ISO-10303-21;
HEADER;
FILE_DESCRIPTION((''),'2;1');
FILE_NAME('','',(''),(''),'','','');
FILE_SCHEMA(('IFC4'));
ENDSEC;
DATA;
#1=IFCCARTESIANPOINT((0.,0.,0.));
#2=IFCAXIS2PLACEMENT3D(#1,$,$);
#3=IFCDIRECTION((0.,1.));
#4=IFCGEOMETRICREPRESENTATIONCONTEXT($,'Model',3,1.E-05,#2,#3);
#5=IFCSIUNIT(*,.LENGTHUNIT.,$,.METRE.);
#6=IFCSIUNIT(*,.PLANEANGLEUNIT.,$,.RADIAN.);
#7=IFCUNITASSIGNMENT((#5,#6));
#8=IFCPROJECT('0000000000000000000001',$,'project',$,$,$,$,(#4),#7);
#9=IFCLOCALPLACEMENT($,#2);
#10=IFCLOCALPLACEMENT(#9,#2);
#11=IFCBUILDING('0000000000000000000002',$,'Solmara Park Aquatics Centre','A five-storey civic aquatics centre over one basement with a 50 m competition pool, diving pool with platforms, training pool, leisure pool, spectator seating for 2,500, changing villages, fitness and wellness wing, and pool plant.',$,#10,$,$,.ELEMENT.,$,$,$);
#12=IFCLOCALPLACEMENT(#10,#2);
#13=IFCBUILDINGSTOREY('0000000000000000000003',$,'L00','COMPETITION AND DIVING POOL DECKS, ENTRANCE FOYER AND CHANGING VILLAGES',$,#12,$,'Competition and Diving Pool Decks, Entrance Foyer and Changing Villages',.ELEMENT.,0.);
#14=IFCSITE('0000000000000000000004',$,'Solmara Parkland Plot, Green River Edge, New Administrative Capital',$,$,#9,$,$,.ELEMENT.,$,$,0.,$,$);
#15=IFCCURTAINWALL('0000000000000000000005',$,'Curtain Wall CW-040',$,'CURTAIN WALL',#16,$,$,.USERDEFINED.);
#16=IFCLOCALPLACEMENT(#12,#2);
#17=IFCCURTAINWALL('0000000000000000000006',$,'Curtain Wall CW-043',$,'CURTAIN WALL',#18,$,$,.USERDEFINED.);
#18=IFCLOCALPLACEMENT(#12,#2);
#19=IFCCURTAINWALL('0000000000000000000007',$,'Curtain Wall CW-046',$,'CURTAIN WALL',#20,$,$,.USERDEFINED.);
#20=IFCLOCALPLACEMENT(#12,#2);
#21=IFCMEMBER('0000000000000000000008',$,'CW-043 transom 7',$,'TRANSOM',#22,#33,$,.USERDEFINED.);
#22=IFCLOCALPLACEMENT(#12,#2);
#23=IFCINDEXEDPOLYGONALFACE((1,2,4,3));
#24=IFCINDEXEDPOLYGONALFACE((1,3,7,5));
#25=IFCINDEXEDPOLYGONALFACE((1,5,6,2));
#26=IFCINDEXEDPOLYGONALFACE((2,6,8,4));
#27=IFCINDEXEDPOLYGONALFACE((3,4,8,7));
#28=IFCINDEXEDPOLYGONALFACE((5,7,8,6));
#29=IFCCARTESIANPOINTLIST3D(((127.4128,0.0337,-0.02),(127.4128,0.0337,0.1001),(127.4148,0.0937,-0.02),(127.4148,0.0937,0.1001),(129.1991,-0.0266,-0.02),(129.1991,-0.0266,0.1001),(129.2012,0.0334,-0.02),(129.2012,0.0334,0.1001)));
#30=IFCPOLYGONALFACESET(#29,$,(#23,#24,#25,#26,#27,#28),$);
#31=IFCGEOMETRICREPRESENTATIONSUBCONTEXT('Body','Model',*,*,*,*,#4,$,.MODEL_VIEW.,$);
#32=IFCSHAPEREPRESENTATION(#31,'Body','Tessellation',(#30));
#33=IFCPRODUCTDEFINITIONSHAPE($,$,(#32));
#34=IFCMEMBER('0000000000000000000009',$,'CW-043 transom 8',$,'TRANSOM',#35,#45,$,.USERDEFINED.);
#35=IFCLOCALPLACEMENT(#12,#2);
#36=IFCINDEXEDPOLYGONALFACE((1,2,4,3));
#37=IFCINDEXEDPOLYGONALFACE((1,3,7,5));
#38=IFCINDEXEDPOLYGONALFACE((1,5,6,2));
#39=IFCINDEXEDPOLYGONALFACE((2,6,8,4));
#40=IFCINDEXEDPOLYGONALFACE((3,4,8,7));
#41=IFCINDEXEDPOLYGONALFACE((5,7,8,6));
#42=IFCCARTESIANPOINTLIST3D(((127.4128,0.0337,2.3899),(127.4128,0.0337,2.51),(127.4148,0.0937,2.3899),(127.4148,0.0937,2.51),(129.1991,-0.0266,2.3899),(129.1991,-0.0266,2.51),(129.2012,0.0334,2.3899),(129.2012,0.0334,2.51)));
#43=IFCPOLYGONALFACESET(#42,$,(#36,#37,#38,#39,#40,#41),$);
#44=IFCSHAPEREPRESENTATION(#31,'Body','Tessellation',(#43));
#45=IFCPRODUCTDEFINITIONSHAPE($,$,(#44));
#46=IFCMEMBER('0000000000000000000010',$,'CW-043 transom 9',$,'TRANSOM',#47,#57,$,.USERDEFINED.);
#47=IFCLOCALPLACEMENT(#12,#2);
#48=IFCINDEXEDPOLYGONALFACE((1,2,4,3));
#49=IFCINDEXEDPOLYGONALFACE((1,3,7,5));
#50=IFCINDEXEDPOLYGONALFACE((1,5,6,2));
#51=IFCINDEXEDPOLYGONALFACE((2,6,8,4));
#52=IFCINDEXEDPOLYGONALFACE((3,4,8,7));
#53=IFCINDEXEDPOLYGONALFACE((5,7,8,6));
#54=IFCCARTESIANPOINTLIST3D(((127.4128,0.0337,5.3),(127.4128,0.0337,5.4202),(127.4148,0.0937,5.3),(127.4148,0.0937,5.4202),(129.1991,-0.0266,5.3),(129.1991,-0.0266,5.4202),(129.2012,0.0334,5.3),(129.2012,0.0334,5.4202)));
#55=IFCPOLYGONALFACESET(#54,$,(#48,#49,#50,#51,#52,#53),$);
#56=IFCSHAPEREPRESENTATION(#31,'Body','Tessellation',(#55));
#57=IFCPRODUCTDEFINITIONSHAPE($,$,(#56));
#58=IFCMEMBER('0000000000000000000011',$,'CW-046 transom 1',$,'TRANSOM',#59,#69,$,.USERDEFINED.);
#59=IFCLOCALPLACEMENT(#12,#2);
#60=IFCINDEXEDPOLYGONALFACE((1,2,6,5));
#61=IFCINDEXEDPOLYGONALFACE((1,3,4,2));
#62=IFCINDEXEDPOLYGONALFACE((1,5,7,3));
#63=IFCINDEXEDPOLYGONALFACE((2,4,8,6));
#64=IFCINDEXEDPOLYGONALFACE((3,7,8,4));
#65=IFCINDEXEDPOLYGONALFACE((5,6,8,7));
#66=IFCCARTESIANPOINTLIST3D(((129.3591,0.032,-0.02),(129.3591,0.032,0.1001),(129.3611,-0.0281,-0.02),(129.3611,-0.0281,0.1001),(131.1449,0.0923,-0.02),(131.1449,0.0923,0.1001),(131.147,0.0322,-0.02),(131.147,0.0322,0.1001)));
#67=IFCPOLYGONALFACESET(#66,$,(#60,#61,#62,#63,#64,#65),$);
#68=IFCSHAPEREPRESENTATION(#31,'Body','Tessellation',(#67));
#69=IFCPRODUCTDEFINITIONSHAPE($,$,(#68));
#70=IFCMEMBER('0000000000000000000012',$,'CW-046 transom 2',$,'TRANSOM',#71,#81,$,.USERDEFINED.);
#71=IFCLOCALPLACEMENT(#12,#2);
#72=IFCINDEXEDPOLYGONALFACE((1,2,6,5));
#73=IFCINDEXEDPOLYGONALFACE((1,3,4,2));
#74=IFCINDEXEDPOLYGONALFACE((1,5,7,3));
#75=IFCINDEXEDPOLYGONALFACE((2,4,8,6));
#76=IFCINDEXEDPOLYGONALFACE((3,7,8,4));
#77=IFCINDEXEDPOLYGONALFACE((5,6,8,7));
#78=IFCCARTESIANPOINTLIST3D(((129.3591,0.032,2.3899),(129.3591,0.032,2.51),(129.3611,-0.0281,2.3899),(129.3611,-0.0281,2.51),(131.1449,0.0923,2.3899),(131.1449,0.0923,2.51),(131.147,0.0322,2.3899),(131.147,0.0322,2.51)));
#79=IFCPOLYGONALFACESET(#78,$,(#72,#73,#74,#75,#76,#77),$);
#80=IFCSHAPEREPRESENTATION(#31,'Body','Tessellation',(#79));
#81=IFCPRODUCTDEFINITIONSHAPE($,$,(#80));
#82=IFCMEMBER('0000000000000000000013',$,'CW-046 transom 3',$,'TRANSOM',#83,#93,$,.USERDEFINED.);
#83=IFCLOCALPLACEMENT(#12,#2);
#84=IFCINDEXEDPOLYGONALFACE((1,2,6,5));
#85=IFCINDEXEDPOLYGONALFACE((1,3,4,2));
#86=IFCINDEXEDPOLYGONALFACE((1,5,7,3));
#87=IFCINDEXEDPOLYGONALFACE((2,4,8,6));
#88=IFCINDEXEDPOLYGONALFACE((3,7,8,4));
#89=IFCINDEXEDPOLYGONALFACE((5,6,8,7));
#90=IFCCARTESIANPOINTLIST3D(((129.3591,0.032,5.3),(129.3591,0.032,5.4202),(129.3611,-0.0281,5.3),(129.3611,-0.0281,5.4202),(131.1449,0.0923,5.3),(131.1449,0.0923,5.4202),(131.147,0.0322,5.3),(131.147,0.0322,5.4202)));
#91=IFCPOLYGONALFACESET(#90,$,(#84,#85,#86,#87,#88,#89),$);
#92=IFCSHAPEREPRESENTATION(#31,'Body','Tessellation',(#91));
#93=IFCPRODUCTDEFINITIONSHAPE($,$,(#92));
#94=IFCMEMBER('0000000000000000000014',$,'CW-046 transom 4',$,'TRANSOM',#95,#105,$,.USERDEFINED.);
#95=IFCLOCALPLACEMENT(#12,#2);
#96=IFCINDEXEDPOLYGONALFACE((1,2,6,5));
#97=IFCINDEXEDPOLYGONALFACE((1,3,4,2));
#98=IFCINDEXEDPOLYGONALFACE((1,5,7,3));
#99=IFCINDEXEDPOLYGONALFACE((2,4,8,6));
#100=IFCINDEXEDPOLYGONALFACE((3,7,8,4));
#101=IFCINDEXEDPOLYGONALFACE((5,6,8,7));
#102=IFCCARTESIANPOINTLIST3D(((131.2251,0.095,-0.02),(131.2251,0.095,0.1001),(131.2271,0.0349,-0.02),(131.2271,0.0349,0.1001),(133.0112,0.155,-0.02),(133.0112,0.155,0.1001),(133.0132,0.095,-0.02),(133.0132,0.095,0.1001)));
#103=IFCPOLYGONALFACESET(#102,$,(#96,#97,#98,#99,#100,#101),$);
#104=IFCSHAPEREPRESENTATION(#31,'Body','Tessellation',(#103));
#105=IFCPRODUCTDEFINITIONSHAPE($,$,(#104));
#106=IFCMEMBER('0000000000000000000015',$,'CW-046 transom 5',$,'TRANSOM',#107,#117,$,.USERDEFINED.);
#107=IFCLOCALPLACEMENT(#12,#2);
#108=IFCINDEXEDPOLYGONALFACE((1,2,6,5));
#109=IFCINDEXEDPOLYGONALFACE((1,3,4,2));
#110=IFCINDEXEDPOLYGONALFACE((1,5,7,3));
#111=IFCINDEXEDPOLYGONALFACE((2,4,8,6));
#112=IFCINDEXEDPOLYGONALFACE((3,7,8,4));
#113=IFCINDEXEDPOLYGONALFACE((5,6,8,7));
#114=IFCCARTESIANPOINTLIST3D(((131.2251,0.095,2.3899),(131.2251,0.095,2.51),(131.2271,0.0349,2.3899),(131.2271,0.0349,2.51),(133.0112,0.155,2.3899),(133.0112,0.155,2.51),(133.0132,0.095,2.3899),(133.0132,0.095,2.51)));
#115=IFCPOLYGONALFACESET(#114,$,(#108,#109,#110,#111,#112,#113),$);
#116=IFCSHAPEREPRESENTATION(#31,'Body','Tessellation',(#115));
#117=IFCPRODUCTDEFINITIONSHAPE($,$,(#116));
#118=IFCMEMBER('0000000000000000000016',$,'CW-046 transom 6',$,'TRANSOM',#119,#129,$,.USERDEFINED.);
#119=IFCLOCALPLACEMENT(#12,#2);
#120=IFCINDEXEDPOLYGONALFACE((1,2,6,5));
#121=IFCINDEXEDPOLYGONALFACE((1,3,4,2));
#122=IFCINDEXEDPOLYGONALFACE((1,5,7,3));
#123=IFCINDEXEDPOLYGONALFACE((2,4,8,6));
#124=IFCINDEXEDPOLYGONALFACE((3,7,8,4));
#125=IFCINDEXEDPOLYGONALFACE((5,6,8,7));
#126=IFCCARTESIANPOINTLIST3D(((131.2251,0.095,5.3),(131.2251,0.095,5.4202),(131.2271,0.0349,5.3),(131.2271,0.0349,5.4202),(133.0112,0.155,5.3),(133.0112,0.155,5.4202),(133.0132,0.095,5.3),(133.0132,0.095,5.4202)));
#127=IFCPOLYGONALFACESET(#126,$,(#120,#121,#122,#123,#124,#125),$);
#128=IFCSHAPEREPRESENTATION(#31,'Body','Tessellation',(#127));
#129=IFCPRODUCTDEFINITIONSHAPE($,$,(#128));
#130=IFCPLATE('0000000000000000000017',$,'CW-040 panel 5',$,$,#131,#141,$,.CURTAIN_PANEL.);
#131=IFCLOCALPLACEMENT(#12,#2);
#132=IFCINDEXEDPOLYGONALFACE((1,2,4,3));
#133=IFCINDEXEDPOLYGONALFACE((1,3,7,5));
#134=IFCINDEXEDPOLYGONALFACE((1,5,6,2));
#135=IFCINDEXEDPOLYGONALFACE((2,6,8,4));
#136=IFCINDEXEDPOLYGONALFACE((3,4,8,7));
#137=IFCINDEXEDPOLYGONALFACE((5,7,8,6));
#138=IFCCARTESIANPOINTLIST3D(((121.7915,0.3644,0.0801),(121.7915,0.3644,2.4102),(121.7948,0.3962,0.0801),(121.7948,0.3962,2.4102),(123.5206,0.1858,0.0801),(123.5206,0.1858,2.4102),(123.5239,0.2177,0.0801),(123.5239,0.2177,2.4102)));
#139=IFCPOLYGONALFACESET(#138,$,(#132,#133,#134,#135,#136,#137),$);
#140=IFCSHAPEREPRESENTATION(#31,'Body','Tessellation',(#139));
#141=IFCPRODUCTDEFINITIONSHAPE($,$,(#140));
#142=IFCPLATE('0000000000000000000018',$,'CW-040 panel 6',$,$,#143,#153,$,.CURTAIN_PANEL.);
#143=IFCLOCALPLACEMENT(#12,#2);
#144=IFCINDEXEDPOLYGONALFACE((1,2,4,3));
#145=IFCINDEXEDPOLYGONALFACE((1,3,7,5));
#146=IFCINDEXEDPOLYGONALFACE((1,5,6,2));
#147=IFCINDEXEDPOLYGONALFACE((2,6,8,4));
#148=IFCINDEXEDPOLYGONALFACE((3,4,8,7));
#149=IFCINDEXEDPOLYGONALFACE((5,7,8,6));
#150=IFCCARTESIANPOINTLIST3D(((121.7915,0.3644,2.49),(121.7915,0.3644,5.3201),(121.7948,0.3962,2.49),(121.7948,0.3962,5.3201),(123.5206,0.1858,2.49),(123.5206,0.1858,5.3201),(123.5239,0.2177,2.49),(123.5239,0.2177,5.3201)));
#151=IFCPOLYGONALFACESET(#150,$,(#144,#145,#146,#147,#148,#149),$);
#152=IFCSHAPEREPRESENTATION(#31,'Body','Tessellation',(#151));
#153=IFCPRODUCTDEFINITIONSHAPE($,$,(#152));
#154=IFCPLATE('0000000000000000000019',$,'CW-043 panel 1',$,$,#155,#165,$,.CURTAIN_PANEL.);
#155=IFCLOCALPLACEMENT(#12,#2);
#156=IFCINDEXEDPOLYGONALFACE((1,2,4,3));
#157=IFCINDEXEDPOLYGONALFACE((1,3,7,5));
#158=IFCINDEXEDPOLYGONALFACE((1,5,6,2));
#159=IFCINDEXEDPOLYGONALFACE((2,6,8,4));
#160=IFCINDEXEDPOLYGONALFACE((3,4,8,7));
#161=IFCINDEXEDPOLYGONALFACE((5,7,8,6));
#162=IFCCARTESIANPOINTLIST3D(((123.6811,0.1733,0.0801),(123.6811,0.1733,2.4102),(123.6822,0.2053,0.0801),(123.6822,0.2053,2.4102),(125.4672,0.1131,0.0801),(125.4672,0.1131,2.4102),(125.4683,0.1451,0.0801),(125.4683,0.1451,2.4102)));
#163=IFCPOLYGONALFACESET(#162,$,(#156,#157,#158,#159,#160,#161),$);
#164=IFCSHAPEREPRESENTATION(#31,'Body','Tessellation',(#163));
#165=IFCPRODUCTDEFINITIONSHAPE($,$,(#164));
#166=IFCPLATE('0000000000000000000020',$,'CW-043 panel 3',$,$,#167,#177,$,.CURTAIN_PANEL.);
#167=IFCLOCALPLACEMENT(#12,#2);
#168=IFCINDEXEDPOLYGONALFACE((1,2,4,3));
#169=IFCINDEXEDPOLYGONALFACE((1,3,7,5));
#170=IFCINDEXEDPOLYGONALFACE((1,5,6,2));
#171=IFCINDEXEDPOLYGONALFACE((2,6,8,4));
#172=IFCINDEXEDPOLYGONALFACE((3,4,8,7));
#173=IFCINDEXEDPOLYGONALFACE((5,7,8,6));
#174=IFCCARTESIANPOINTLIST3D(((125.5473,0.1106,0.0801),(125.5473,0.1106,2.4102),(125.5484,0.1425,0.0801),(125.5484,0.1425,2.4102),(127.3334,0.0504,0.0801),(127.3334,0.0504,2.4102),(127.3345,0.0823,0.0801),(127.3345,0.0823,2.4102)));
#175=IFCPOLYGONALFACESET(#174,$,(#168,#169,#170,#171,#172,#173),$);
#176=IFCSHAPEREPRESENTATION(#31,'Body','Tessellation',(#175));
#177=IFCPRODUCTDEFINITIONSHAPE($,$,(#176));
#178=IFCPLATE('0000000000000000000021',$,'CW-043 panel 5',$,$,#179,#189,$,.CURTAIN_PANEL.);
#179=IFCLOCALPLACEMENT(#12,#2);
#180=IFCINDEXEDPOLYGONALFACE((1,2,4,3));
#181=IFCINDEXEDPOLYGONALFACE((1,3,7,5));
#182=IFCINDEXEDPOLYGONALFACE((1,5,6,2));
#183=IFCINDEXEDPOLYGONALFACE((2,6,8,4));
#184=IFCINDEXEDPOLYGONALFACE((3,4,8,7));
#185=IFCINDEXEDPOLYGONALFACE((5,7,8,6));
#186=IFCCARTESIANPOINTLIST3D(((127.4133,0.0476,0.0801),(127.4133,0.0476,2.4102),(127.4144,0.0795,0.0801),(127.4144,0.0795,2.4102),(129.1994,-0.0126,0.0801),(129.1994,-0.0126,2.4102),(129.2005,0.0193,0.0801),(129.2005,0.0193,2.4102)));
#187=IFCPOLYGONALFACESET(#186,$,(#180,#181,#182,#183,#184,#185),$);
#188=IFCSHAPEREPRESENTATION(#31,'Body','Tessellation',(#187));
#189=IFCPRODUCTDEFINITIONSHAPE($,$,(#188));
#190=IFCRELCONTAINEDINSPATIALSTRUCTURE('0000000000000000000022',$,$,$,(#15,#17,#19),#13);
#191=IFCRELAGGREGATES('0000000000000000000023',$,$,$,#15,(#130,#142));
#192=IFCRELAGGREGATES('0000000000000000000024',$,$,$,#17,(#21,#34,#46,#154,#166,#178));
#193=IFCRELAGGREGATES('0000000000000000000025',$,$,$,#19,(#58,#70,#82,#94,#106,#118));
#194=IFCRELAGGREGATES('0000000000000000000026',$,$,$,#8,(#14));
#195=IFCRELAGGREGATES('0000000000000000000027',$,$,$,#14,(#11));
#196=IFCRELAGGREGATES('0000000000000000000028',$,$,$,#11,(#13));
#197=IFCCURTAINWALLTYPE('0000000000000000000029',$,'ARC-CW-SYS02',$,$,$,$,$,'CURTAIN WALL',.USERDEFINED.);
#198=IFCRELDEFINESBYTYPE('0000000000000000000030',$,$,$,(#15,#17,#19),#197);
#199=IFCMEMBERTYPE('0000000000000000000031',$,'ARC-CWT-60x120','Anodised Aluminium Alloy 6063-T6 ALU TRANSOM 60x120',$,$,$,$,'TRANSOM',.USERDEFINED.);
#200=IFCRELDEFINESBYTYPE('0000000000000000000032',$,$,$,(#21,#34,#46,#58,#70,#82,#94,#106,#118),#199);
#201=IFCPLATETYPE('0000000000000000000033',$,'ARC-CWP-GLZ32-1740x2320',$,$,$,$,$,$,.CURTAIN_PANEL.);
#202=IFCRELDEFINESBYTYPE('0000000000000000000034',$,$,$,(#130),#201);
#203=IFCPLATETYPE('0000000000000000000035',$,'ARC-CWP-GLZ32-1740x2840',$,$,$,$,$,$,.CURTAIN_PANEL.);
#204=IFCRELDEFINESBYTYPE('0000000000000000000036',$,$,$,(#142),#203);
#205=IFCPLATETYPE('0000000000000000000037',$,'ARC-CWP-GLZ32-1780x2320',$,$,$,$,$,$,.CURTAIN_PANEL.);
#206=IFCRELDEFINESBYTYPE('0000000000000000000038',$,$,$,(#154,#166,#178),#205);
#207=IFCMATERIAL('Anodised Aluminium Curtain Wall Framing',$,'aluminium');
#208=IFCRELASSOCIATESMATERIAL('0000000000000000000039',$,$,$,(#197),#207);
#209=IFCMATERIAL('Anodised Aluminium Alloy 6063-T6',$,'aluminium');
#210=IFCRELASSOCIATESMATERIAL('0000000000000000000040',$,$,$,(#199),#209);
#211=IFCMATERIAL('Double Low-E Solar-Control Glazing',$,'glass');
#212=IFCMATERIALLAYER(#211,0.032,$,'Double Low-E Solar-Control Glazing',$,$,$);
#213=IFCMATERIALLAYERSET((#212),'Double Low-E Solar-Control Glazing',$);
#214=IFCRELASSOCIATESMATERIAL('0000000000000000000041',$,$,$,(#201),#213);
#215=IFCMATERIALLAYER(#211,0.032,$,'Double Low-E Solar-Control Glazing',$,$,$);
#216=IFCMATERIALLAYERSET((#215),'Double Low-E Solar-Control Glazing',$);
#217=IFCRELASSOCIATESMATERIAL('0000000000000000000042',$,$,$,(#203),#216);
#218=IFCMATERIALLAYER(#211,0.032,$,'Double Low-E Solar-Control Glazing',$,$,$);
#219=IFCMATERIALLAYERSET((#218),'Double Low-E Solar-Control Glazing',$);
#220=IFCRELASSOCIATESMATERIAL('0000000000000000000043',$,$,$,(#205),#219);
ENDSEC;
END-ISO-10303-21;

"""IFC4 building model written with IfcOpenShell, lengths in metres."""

from ifc_helpers import new_model, si_unit, direction, frame, origin, origin_2d, place, context, subcontext, project, spatial, rectangle, extrude, material, layer, layer_set, material_profile, profile_set, type_object, element, aggregate, save


model = new_model("IFC4")

# Units and contexts
model_context = context("Model", 3, precision=1e-05, world=origin(), true_north=direction((0.0, 1.0)))
body_context = subcontext(model_context, "Body", "Model", "MODEL_VIEW")
ifc_project = project(units=[si_unit("LENGTHUNIT", "METRE"), si_unit("PLANEANGLEUNIT", "RADIAN")], contexts=[model_context])

# Site, building, storey
site_placement = place(None, origin())
site = spatial("IfcSite", under=ifc_project, at=site_placement, Name="Solmara Parkland Plot, Green River Edge, New Administrative Capital", CompositionType="ELEMENT", RefElevation=0.0)
building_placement = place(site_placement, origin())
building = spatial("IfcBuilding", under=site, at=building_placement, Name="Solmara Park Aquatics Centre", Description="A five-storey civic aquatics centre over one basement with a 50 m competition pool, diving pool with platforms, training pool, leisure pool, spectator seating for 2,500, changing villages, fitness and wellness wing, and pool plant.", CompositionType="ELEMENT")
storey_placement = place(building_placement, origin())
storey = spatial("IfcBuildingStorey", under=building, at=storey_placement, Name="L00", Description="COMPETITION AND DIVING POOL DECKS, ENTRANCE FOYER AND CHANGING VILLAGES", LongName="Competition and Diving Pool Decks, Entrance Foyer and Changing Villages", CompositionType="ELEMENT", Elevation=0.0)

# Curtain wall
ifc_material_1 = material(Name="Anodised Aluminium Curtain Wall Framing", Category="aluminium")
curtain_wall_type = type_object("IfcCurtainWallType", Name="ARC-CW-SYS02", ElementType="CURTAIN WALL", PredefinedType="USERDEFINED", material=ifc_material_1)
curtain_wall_1_placement = place(storey_placement, origin())
curtain_wall_1 = element("IfcCurtainWall", 1, at=curtain_wall_1_placement, inside=storey, type_object=curtain_wall_type, Name="Curtain Wall CW-040", ObjectType="CURTAIN WALL", PredefinedType="USERDEFINED")
ifc_material_2 = material(Name="Anodised Aluminium Alloy 6063-T6", Category="aluminium")

# Curtain walls
curtain_wall_2_placement = place(storey_placement, origin())
curtain_wall_2 = element("IfcCurtainWall", 2, at=curtain_wall_2_placement, inside=storey, type_object=curtain_wall_type, Name="Curtain Wall CW-043", ObjectType="CURTAIN WALL", PredefinedType="USERDEFINED")
curtain_wall_3_placement = place(storey_placement, origin())
curtain_wall_3 = element("IfcCurtainWall", 3, at=curtain_wall_3_placement, inside=storey, type_object=curtain_wall_type, Name="Curtain Wall CW-046", ObjectType="CURTAIN WALL", PredefinedType="USERDEFINED")

# Members
ifc_material_profile_1 = material_profile(ifc_material_2, rectangle(XDim=0.0601, YDim=0.1201, at=origin_2d()), Name="ALU TRANSOM 60x120")
ifc_profile_set_1 = profile_set([ifc_material_profile_1], Name="Anodised Aluminium Alloy 6063-T6")
member_type_1 = type_object("IfcMemberType", Name="ARC-CWT-60x120", Description="Anodised Aluminium Alloy 6063-T6 ALU TRANSOM 60x120", ElementType="TRANSOM", PredefinedType="USERDEFINED", material=ifc_profile_set_1)
member_1_placement = place(storey_placement, frame((127.4138, 0.0637, 0.04), z_axis=(0.999431, -0.033738, 0.0), x_axis=(0.033738, 0.999431, 0.0)))
member_1 = element("IfcMember", 4, at=member_1_placement, type_object=member_type_1, Name="CW-043 transom 7", ObjectType="TRANSOM", PredefinedType="USERDEFINED", context=body_context, shape_type="SweptSolid", body=[
    extrude(rectangle(XDim=0.0601, YDim=0.1201, at=origin_2d()), origin(), (0.0, 0.0, 1.0), 1.7874),
])
member_2_placement = place(storey_placement, frame((127.4138, 0.0637, 2.45), z_axis=(0.999431, -0.033738, 0.0), x_axis=(0.033738, 0.999431, 0.0)))
member_2 = element("IfcMember", 5, at=member_2_placement, type_object=member_type_1, Name="CW-043 transom 8", ObjectType="TRANSOM", PredefinedType="USERDEFINED", context=body_context, shape_type="SweptSolid", body=[
    extrude(rectangle(XDim=0.0601, YDim=0.1201, at=origin_2d()), origin(), (0.0, 0.0, 1.0), 1.7874),
])
member_3_placement = place(storey_placement, frame((127.4138, 0.0637, 5.3601), z_axis=(0.999431, -0.033738, 0.0), x_axis=(0.033738, 0.999431, 0.0)))
member_3 = element("IfcMember", 6, at=member_3_placement, type_object=member_type_1, Name="CW-043 transom 9", ObjectType="TRANSOM", PredefinedType="USERDEFINED", context=body_context, shape_type="SweptSolid", body=[
    extrude(rectangle(XDim=0.0601, YDim=0.1201, at=origin_2d()), origin(), (0.0, 0.0, 1.0), 1.7874),
])
member_4_placement = place(storey_placement, frame((129.3601, 0.002, 0.04), z_axis=(0.99943, 0.033747, 0.0), x_axis=(-0.033747, 0.99943, 0.0)))
member_4 = element("IfcMember", 7, at=member_4_placement, type_object=member_type_1, Name="CW-046 transom 1", ObjectType="TRANSOM", PredefinedType="USERDEFINED", context=body_context, shape_type="SweptSolid", body=[
    extrude(rectangle(XDim=0.0601, YDim=0.1201, at=origin_2d()), origin(), (0.0, 0.0, 1.0), 1.7869),
])
member_5_placement = place(storey_placement, frame((129.3601, 0.002, 2.45), z_axis=(0.99943, 0.033747, 0.0), x_axis=(-0.033747, 0.99943, 0.0)))
member_5 = element("IfcMember", 8, at=member_5_placement, type_object=member_type_1, Name="CW-046 transom 2", ObjectType="TRANSOM", PredefinedType="USERDEFINED", context=body_context, shape_type="SweptSolid", body=[
    extrude(rectangle(XDim=0.0601, YDim=0.1201, at=origin_2d()), origin(), (0.0, 0.0, 1.0), 1.7869),
])
member_6_placement = place(storey_placement, frame((129.3601, 0.002, 5.3601), z_axis=(0.99943, 0.033747, 0.0), x_axis=(-0.033747, 0.99943, 0.0)))
member_6 = element("IfcMember", 9, at=member_6_placement, type_object=member_type_1, Name="CW-046 transom 3", ObjectType="TRANSOM", PredefinedType="USERDEFINED", context=body_context, shape_type="SweptSolid", body=[
    extrude(rectangle(XDim=0.0601, YDim=0.1201, at=origin_2d()), origin(), (0.0, 0.0, 1.0), 1.7869),
])
member_7_placement = place(storey_placement, frame((131.2261, 0.0649, 0.04), z_axis=(0.999435, 0.033606, 0.0), x_axis=(-0.033606, 0.999435, 0.0)))
member_7 = element("IfcMember", 10, at=member_7_placement, type_object=member_type_1, Name="CW-046 transom 4", ObjectType="TRANSOM", PredefinedType="USERDEFINED", context=body_context, shape_type="SweptSolid", body=[
    extrude(rectangle(XDim=0.0601, YDim=0.1201, at=origin_2d()), origin(), (0.0, 0.0, 1.0), 1.7871),
])
member_8_placement = place(storey_placement, frame((131.2261, 0.0649, 2.45), z_axis=(0.999435, 0.033606, 0.0), x_axis=(-0.033606, 0.999435, 0.0)))
member_8 = element("IfcMember", 11, at=member_8_placement, type_object=member_type_1, Name="CW-046 transom 5", ObjectType="TRANSOM", PredefinedType="USERDEFINED", context=body_context, shape_type="SweptSolid", body=[
    extrude(rectangle(XDim=0.0601, YDim=0.1201, at=origin_2d()), origin(), (0.0, 0.0, 1.0), 1.7871),
])
member_9_placement = place(storey_placement, frame((131.2261, 0.0649, 5.3601), z_axis=(0.999435, 0.033606, 0.0), x_axis=(-0.033606, 0.999435, 0.0)))
member_9 = element("IfcMember", 12, at=member_9_placement, type_object=member_type_1, Name="CW-046 transom 6", ObjectType="TRANSOM", PredefinedType="USERDEFINED", context=body_context, shape_type="SweptSolid", body=[
    extrude(rectangle(XDim=0.0601, YDim=0.1201, at=origin_2d()), origin(), (0.0, 0.0, 1.0), 1.7871),
])

# Plates
ifc_material_3 = material(Name="Double Low-E Solar-Control Glazing", Category="glass")
ifc_layer_1 = layer(ifc_material_3, 0.032, Name="Double Low-E Solar-Control Glazing")
ifc_layer_set_1 = layer_set([ifc_layer_1], Name="Double Low-E Solar-Control Glazing")
plate_type_1 = type_object("IfcPlateType", Name="ARC-CWP-GLZ32-1740x2320", PredefinedType="CURTAIN_PANEL", material=ifc_layer_set_1)
plate_1_placement = place(storey_placement, frame((122.6577, 0.291, 0.0801), z_axis=(0.0, 0.0, 1.0), x_axis=(0.994711, -0.102709, 0.0)))
plate_1 = element("IfcPlate", 13, at=plate_1_placement, type_object=plate_type_1, Name="CW-040 panel 5", PredefinedType="CURTAIN_PANEL", context=body_context, shape_type="SweptSolid", body=[
    extrude(rectangle(XDim=1.7383, YDim=0.032, at=origin_2d()), origin(), (0.0, 0.0, 1.0), 2.3301),
])
ifc_layer_2 = layer(ifc_material_3, 0.032, Name="Double Low-E Solar-Control Glazing")
ifc_layer_set_2 = layer_set([ifc_layer_2], Name="Double Low-E Solar-Control Glazing")
plate_type_2 = type_object("IfcPlateType", Name="ARC-CWP-GLZ32-1740x2840", PredefinedType="CURTAIN_PANEL", material=ifc_layer_set_2)
plate_2_placement = place(storey_placement, frame((122.6577, 0.291, 2.49), z_axis=(0.0, 0.0, 1.0), x_axis=(0.994711, -0.102709, 0.0)))
plate_2 = element("IfcPlate", 14, at=plate_2_placement, type_object=plate_type_2, Name="CW-040 panel 6", PredefinedType="CURTAIN_PANEL", context=body_context, shape_type="SweptSolid", body=[
    extrude(rectangle(XDim=1.7383, YDim=0.032, at=origin_2d()), origin(), (0.0, 0.0, 1.0), 2.8301),
])
aggregate(curtain_wall_1, [plate_1, plate_2])
ifc_layer_3 = layer(ifc_material_3, 0.032, Name="Double Low-E Solar-Control Glazing")
ifc_layer_set_3 = layer_set([ifc_layer_3], Name="Double Low-E Solar-Control Glazing")
plate_type_3 = type_object("IfcPlateType", Name="ARC-CWP-GLZ32-1780x2320", PredefinedType="CURTAIN_PANEL", material=ifc_layer_set_3)
plate_3_placement = place(storey_placement, frame((124.5747, 0.1592, 0.0801), z_axis=(0.0, 0.0, 1.0), x_axis=(0.999432, -0.033689, 0.0)))
plate_3 = element("IfcPlate", 15, at=plate_3_placement, type_object=plate_type_3, Name="CW-043 panel 1", PredefinedType="CURTAIN_PANEL", context=body_context, shape_type="SweptSolid", body=[
    extrude(rectangle(XDim=1.7871, YDim=0.032, at=origin_2d()), origin(), (0.0, 0.0, 1.0), 2.3301),
])
plate_4_placement = place(storey_placement, frame((126.4409, 0.0964, 0.0801), z_axis=(0.0, 0.0, 1.0), x_axis=(0.999432, -0.033689, 0.0)))
plate_4 = element("IfcPlate", 16, at=plate_4_placement, type_object=plate_type_3, Name="CW-043 panel 3", PredefinedType="CURTAIN_PANEL", context=body_context, shape_type="SweptSolid", body=[
    extrude(rectangle(XDim=1.7871, YDim=0.032, at=origin_2d()), origin(), (0.0, 0.0, 1.0), 2.3301),
])
plate_5_placement = place(storey_placement, frame((128.3069, 0.0334, 0.0801), z_axis=(0.0, 0.0, 1.0), x_axis=(0.999432, -0.033689, 0.0)))
plate_5 = element("IfcPlate", 17, at=plate_5_placement, type_object=plate_type_3, Name="CW-043 panel 5", PredefinedType="CURTAIN_PANEL", context=body_context, shape_type="SweptSolid", body=[
    extrude(rectangle(XDim=1.7871, YDim=0.032, at=origin_2d()), origin(), (0.0, 0.0, 1.0), 2.3301),
])
aggregate(curtain_wall_2, [member_1, member_2, member_3, plate_3, plate_4, plate_5])
aggregate(curtain_wall_3, [member_4, member_5, member_6, member_7, member_8, member_9])

save(model, "model.ifc")
